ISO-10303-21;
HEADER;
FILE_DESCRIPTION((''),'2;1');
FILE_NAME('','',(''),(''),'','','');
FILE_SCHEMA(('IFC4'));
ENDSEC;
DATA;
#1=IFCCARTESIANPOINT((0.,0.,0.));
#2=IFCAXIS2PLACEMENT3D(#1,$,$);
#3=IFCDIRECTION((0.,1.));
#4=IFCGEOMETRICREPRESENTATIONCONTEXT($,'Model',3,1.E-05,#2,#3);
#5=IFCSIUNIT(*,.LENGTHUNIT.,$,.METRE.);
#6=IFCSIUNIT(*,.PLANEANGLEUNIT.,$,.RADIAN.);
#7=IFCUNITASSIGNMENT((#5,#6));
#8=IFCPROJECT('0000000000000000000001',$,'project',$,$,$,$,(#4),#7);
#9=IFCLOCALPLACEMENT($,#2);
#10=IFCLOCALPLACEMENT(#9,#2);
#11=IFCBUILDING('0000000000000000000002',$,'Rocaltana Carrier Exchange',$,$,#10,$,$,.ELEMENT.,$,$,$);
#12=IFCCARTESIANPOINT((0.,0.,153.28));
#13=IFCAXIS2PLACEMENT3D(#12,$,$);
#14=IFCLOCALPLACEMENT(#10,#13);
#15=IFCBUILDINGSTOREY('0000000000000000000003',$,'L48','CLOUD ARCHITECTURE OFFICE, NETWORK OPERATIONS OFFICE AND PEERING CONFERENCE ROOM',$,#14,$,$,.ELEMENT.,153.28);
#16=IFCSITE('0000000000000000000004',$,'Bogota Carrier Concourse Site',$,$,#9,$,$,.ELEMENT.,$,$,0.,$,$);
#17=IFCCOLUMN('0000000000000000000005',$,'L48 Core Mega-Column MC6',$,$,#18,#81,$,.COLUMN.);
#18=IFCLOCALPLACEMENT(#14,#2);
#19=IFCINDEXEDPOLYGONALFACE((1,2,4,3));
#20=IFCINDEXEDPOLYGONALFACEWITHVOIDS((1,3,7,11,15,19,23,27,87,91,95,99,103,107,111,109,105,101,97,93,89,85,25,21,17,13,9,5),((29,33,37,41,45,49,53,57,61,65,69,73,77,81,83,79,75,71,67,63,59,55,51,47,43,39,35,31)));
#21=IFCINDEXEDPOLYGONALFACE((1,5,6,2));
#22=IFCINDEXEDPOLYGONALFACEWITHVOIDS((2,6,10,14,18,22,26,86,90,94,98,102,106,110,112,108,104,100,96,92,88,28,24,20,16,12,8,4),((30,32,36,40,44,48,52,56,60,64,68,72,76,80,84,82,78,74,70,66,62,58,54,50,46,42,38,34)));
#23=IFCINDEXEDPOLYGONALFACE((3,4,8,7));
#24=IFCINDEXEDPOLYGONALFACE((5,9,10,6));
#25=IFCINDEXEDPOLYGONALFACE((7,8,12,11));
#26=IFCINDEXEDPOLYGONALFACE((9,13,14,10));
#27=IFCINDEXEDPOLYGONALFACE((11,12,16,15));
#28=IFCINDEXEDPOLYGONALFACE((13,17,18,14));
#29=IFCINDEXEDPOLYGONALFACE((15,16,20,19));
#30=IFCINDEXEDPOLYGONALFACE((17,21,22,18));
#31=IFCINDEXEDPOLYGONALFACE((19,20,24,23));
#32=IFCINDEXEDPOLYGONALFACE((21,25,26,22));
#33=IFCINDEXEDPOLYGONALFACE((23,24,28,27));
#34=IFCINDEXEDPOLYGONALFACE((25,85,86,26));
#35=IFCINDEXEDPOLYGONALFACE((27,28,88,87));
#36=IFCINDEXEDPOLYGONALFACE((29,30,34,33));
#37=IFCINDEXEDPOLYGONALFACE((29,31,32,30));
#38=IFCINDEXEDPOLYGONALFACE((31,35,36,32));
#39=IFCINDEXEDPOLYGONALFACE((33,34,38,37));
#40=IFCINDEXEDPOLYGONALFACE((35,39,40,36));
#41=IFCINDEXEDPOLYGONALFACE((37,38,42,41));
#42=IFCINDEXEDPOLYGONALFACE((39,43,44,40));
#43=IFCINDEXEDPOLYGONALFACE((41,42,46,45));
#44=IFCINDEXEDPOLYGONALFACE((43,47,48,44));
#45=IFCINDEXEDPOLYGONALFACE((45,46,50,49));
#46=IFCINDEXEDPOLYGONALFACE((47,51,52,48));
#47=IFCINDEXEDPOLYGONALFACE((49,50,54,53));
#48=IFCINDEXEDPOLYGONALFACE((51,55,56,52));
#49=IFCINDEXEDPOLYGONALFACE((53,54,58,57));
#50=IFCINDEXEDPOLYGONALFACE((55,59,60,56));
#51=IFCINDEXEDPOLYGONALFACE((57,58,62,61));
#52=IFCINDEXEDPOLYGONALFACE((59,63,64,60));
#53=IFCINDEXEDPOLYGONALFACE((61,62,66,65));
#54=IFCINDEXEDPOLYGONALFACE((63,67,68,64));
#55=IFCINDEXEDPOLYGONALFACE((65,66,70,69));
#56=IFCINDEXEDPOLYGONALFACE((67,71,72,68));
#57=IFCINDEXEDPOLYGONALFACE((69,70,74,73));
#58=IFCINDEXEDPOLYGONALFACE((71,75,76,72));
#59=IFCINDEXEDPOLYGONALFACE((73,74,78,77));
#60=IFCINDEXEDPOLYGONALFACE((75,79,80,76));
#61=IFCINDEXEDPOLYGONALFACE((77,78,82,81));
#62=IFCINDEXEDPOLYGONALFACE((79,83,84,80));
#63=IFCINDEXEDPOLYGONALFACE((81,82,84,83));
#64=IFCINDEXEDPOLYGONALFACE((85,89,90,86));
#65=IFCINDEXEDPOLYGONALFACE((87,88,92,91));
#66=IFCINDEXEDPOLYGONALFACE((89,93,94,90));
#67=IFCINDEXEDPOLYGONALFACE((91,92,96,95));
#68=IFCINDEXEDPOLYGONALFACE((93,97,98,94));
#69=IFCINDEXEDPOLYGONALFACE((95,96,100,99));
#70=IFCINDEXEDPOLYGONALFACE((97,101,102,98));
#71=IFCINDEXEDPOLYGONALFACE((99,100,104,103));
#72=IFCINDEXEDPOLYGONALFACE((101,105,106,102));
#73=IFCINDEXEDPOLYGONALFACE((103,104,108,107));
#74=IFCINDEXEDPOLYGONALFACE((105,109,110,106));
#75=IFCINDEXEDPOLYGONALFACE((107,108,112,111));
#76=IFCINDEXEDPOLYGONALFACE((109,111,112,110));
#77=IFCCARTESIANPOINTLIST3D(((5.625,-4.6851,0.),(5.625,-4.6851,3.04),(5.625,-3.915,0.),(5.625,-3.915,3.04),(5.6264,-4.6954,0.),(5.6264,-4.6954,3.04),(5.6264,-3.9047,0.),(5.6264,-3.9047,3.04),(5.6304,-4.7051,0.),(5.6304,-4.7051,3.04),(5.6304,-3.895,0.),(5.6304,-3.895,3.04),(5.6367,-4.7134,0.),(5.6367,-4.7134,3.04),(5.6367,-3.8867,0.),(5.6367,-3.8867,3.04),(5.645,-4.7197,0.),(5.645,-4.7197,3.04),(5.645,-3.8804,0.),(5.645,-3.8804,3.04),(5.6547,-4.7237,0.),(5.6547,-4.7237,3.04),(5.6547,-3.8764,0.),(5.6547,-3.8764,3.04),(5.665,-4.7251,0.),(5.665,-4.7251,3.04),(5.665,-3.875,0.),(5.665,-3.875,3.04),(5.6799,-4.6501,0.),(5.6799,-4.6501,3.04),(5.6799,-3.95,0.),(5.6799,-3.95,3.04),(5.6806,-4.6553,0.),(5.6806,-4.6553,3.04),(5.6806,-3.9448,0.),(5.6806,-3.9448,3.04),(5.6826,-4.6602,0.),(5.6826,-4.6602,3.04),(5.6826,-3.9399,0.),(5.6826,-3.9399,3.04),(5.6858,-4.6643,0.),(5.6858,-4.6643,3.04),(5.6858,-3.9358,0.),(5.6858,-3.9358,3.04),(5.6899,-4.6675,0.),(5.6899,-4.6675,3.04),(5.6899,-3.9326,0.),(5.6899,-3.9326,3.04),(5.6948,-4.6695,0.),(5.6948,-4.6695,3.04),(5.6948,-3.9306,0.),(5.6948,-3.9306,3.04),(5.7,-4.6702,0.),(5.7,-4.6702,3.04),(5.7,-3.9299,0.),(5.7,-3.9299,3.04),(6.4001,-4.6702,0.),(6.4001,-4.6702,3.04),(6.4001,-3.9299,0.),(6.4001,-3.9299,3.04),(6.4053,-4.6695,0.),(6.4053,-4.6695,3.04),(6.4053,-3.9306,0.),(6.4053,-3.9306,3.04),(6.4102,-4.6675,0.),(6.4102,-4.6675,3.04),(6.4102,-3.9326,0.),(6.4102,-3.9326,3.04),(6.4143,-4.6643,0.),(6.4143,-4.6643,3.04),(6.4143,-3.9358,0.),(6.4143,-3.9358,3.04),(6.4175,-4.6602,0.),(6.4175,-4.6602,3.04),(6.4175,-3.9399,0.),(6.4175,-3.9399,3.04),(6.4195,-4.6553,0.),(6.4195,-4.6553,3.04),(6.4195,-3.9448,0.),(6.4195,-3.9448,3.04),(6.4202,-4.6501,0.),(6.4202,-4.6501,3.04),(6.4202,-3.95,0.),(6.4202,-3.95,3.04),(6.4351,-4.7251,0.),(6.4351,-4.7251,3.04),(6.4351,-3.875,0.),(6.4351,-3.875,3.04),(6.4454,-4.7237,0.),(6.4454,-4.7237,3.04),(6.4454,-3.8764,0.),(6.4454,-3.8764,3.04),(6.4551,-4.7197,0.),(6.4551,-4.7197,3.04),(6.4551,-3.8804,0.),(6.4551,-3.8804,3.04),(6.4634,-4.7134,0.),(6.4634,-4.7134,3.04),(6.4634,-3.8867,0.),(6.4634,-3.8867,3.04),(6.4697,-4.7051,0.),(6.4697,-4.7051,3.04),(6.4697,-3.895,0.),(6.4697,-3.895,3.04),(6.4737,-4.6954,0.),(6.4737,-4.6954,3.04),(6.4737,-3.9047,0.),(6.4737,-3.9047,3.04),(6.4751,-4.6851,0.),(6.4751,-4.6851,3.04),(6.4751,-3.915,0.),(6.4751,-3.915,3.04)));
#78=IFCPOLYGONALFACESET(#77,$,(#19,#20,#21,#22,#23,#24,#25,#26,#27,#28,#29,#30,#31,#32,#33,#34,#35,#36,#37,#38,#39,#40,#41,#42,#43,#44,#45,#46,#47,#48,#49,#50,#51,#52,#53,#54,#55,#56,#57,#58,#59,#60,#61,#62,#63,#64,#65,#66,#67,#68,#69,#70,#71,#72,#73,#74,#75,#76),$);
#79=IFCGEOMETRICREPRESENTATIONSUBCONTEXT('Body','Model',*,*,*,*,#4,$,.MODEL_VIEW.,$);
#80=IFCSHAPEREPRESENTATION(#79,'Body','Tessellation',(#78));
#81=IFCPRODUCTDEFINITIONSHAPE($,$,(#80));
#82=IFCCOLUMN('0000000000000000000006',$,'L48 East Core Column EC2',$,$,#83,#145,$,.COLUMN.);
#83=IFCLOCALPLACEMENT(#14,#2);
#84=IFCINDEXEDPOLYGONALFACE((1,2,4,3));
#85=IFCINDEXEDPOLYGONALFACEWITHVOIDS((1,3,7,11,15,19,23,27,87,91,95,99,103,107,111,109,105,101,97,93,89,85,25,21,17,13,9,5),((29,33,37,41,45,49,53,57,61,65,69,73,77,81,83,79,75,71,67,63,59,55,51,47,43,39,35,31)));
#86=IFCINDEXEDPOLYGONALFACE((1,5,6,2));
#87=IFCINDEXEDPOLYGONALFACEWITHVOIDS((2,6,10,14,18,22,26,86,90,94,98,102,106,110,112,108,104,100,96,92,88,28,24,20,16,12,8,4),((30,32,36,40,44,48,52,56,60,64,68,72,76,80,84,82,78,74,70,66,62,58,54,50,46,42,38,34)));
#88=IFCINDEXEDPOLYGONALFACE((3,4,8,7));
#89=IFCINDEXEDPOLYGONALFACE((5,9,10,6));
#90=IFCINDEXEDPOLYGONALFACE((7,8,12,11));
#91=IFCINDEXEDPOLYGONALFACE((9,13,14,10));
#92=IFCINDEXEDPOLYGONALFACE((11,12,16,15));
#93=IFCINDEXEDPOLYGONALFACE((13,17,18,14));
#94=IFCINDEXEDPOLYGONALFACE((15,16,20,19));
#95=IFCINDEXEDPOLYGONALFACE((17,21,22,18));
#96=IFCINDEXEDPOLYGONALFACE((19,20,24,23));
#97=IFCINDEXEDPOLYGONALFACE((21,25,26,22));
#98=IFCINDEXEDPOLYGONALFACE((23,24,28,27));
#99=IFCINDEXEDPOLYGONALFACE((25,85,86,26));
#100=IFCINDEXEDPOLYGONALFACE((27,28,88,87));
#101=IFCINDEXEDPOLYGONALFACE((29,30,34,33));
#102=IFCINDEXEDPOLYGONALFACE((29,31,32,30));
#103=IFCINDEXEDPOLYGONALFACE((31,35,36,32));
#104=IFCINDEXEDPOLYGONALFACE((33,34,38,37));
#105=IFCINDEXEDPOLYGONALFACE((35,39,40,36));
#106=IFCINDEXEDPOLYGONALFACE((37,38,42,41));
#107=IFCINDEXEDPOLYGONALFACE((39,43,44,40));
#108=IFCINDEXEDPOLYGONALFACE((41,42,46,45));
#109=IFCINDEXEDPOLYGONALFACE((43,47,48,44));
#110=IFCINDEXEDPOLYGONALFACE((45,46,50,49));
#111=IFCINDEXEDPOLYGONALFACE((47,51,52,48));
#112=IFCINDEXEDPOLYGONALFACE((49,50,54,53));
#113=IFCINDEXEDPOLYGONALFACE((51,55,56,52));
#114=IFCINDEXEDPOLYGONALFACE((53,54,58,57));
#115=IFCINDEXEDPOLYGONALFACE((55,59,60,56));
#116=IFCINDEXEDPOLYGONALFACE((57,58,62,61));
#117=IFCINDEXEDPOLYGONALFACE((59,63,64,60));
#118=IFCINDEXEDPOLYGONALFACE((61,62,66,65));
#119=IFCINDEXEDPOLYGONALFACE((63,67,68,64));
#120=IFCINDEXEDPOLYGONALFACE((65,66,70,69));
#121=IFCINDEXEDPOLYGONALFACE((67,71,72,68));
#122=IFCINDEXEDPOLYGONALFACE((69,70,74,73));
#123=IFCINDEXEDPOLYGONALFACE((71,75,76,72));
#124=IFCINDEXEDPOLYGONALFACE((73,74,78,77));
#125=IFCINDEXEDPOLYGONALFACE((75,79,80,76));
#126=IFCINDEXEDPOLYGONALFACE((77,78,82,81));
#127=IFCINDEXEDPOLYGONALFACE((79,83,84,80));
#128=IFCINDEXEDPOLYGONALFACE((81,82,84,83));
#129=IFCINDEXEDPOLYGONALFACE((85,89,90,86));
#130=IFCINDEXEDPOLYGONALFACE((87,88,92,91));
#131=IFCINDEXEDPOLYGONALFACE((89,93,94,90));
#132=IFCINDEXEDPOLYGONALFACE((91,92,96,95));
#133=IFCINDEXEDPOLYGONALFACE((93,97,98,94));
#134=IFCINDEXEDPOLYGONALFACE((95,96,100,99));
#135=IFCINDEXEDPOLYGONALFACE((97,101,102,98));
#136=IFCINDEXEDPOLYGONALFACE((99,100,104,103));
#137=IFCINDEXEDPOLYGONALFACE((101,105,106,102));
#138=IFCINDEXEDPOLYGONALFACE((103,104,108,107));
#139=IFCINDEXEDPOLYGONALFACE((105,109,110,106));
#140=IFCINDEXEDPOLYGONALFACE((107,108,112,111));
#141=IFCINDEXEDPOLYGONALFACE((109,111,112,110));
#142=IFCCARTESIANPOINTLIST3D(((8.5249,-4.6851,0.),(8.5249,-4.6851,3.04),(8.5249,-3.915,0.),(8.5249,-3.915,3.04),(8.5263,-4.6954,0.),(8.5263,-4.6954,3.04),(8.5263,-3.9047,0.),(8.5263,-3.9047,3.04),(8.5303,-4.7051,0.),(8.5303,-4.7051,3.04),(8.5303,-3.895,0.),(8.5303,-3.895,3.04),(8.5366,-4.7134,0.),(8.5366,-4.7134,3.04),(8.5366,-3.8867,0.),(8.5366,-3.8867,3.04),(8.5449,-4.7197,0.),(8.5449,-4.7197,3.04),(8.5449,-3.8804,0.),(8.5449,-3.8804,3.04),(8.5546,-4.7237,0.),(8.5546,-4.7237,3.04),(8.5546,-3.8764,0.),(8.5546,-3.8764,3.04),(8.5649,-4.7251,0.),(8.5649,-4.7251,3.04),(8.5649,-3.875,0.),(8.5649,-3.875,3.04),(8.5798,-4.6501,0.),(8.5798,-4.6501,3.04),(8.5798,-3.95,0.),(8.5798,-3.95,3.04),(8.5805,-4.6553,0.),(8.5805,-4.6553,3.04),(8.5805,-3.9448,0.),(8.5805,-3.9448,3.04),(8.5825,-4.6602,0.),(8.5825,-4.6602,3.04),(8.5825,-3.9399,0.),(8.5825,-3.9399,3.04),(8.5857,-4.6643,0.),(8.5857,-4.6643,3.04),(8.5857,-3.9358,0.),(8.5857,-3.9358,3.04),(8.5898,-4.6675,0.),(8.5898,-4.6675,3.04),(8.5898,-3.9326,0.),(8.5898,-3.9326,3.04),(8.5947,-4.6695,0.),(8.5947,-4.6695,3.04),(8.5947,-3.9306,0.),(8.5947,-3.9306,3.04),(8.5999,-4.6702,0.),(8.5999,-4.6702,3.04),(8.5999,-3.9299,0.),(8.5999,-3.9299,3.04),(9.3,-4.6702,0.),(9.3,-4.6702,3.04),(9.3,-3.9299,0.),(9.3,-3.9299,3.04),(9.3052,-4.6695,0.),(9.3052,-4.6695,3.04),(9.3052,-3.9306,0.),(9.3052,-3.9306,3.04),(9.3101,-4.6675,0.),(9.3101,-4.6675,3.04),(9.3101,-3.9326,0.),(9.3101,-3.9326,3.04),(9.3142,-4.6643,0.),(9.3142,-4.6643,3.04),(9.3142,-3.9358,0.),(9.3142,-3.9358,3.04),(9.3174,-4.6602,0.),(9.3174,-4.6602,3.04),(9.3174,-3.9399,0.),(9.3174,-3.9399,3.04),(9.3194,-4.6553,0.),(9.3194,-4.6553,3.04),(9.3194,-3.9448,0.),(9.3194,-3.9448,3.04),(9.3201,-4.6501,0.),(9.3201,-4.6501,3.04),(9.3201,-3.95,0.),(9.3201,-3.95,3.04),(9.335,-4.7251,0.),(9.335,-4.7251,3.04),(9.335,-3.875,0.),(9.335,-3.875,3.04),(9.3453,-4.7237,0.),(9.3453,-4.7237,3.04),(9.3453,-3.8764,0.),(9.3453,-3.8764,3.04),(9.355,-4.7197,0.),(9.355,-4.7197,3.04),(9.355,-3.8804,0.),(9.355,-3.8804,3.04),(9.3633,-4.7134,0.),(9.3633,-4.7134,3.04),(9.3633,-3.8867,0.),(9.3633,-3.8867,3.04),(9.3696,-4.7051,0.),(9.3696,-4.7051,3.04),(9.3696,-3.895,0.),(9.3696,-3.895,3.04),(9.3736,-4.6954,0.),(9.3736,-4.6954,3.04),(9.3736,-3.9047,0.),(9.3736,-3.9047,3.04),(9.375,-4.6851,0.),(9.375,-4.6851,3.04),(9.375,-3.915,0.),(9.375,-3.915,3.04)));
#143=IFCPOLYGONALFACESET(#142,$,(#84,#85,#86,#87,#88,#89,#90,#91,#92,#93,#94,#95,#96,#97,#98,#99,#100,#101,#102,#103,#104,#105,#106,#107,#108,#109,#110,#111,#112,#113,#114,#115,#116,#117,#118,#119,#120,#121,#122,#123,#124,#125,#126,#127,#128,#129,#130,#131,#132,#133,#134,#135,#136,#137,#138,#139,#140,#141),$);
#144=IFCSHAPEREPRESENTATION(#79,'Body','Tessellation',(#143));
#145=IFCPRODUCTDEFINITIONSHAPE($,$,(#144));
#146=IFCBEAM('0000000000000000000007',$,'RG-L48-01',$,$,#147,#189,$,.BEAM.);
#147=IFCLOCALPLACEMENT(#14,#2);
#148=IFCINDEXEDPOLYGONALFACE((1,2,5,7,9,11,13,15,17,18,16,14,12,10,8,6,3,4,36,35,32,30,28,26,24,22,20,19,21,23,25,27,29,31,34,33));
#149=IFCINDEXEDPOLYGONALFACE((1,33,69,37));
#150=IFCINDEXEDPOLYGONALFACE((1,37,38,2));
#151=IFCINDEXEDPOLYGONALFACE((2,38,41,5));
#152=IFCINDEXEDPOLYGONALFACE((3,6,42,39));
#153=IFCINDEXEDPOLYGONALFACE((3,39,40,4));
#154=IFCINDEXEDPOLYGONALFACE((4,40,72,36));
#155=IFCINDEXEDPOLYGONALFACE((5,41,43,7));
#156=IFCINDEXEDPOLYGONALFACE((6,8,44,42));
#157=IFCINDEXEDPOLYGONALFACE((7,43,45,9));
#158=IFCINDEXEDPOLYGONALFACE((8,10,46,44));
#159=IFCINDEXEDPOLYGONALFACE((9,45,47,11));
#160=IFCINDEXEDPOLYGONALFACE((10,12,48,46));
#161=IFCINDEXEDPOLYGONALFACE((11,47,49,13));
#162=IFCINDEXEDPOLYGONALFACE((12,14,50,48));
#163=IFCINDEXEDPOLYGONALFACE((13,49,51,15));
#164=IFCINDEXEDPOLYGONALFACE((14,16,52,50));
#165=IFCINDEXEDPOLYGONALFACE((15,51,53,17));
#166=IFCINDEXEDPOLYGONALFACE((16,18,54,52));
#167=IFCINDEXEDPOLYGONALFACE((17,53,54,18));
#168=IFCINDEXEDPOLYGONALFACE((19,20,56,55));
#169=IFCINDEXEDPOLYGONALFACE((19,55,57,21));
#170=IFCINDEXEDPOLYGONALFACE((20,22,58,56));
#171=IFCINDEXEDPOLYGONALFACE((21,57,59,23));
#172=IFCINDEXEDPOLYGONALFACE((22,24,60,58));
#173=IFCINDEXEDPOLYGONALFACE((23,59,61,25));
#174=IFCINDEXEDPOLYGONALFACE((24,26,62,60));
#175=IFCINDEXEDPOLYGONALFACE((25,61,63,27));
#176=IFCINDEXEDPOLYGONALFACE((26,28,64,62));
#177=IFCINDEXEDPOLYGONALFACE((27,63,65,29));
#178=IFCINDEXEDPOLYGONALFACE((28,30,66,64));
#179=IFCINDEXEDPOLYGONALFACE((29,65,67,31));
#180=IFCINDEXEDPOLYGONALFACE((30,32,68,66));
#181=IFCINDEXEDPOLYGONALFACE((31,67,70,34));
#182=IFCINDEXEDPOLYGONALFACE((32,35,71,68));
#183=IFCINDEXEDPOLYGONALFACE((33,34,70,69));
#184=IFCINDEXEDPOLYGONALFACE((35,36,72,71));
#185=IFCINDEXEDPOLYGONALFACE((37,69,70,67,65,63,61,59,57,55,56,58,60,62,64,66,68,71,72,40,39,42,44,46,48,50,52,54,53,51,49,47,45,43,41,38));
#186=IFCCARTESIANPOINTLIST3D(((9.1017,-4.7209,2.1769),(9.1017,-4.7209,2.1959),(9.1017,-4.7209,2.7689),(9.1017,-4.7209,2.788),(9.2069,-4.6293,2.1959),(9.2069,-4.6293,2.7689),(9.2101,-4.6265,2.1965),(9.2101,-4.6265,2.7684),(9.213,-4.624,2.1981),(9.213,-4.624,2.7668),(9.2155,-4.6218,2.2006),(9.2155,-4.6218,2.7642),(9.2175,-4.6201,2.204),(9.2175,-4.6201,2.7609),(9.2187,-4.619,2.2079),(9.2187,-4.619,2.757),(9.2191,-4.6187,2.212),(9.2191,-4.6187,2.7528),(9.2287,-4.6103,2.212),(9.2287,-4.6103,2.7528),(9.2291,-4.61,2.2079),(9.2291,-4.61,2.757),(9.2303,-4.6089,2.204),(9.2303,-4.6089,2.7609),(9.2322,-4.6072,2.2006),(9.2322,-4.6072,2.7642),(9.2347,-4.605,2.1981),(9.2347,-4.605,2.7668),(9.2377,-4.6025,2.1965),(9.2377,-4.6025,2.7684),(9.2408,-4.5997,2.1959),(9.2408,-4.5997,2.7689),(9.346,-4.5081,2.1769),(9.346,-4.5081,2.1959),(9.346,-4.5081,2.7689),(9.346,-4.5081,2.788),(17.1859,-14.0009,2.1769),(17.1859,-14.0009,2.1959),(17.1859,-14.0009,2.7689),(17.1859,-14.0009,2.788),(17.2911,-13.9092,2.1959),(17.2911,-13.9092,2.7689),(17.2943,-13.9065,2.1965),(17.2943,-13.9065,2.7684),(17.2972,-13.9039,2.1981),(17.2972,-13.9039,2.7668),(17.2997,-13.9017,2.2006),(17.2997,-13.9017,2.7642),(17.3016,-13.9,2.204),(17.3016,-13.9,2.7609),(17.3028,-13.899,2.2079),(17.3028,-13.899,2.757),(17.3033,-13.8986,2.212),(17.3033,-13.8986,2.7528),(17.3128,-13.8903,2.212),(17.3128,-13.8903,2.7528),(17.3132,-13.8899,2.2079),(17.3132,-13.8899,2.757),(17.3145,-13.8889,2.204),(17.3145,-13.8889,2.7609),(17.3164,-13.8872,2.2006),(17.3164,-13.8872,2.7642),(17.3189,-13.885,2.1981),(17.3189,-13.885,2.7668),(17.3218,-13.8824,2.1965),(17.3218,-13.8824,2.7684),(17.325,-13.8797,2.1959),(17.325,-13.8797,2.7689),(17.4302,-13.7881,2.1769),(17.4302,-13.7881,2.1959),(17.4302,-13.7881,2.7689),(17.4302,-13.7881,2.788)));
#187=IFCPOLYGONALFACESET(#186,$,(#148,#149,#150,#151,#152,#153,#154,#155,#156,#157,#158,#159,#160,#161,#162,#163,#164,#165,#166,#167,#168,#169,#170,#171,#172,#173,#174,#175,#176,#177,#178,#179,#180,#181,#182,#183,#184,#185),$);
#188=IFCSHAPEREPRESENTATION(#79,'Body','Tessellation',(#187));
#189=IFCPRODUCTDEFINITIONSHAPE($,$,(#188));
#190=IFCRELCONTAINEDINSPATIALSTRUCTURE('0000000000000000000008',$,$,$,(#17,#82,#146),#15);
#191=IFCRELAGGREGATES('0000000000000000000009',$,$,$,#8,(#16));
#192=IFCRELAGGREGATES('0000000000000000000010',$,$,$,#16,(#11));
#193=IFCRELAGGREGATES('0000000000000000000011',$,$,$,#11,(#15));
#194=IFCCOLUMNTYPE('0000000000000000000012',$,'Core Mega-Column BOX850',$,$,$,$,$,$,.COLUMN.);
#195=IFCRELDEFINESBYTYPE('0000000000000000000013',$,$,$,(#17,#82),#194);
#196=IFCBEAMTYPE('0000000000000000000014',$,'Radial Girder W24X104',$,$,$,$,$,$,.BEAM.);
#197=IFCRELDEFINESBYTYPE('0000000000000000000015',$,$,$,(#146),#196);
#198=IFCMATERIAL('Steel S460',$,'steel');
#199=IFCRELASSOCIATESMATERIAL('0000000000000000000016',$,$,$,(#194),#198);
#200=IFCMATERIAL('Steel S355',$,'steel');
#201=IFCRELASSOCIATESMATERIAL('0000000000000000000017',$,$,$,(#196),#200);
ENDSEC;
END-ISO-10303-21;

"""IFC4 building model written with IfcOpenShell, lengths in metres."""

from ifc_helpers import new_model, si_unit, direction, frame, origin, origin_2d, place, context, subcontext, project, spatial, hollow_rectangle, i_section, extrude, material, material_profile, profile_set, type_object, element, save


model = new_model("IFC4")

# Units and contexts
model_context = context("Model", 3, precision=1e-05, world=origin(), true_north=direction((0.0, 1.0)))
body_context = subcontext(model_context, "Body", "Model", "MODEL_VIEW")
ifc_project = project(units=[si_unit("LENGTHUNIT", "METRE"), si_unit("PLANEANGLEUNIT", "RADIAN")], contexts=[model_context])

# Site, building, storey
site_placement = place(None, origin())
site = spatial("IfcSite", under=ifc_project, at=site_placement, Name="Bogota Carrier Concourse Site", CompositionType="ELEMENT", RefElevation=0.0)
building_placement = place(site_placement, origin())
building = spatial("IfcBuilding", under=site, at=building_placement, Name="Rocaltana Carrier Exchange", CompositionType="ELEMENT")
storey_placement = place(building_placement, frame((0.0, 0.0, 153.28)))
storey = spatial("IfcBuildingStorey", under=building, at=storey_placement, Name="L48", Description="CLOUD ARCHITECTURE OFFICE, NETWORK OPERATIONS OFFICE AND PEERING CONFERENCE ROOM", CompositionType="ELEMENT", Elevation=153.28)

# Columns
ifc_material_1 = material(Name="Steel S460", Category="steel")
ifc_material_profile_1 = material_profile(ifc_material_1, hollow_rectangle(XDim=0.8501, YDim=0.8501, WallThickness=0.0549, InnerFilletRadius=0.02, OuterFilletRadius=0.04, at=origin_2d()), Name="BOX850X850X55")
ifc_profile_set_1 = profile_set([ifc_material_profile_1], Name="Steel S460")
column_type = type_object("IfcColumnType", Name="Core Mega-Column BOX850", PredefinedType="COLUMN", material=ifc_profile_set_1)
for number, where, z_axis, x_axis, name in (
    (1, (6.05, -4.3, 0.0), (0.0, 0.0, 1.0), (1.0, 0.0, 0.0), "L48 Core Mega-Column MC6"),
    (2, (8.95, -4.3, 0.0), (0.0, 0.0, 1.0), (1.0, 0.0, 0.0), "L48 East Core Column EC2"),
):
    element("IfcColumn", number, at=place(storey_placement, frame(where, z_axis=z_axis, x_axis=x_axis)), inside=storey, type_object=column_type, Name=name, PredefinedType="COLUMN", context=body_context, shape_type="SweptSolid", body=[
        extrude(hollow_rectangle(XDim=0.8501, YDim=0.8501, WallThickness=0.0549, InnerFilletRadius=0.02, OuterFilletRadius=0.04, at=origin_2d()), origin(), (0.0, 0.0, 1.0), 3.04),
    ])

# Beam
ifc_material_2 = material(Name="Steel S355", Category="steel")
ifc_material_profile_2 = material_profile(ifc_material_2, i_section(OverallWidth=0.324, OverallDepth=0.6111, WebThickness=0.0127, FlangeThickness=0.019, FilletRadius=0.0161, at=origin_2d()), Name="W24X104")
ifc_profile_set_2 = profile_set([ifc_material_profile_2], Name="Steel S355")
beam_type = type_object("IfcBeamType", Name="Radial Girder W24X104", PredefinedType="BEAM", material=ifc_profile_set_2)
beam_1_placement = place(storey_placement, frame((9.2239, -4.6145, 2.4824), z_axis=(0.656856, -0.754016, 0.0), x_axis=(0.754016, 0.656856, 0.0)))
element("IfcBeam", 3, at=beam_1_placement, inside=storey, type_object=beam_type, Name="RG-L48-01", PredefinedType="BEAM", context=body_context, shape_type="SweptSolid", body=[
    extrude(i_section(OverallWidth=0.324, OverallDepth=0.6111, WebThickness=0.0127, FlangeThickness=0.019, FilletRadius=0.0161, at=origin_2d()), origin(), (0.0, 0.0, 1.0), 12.3074),
])

save(model, "model.ifc")
